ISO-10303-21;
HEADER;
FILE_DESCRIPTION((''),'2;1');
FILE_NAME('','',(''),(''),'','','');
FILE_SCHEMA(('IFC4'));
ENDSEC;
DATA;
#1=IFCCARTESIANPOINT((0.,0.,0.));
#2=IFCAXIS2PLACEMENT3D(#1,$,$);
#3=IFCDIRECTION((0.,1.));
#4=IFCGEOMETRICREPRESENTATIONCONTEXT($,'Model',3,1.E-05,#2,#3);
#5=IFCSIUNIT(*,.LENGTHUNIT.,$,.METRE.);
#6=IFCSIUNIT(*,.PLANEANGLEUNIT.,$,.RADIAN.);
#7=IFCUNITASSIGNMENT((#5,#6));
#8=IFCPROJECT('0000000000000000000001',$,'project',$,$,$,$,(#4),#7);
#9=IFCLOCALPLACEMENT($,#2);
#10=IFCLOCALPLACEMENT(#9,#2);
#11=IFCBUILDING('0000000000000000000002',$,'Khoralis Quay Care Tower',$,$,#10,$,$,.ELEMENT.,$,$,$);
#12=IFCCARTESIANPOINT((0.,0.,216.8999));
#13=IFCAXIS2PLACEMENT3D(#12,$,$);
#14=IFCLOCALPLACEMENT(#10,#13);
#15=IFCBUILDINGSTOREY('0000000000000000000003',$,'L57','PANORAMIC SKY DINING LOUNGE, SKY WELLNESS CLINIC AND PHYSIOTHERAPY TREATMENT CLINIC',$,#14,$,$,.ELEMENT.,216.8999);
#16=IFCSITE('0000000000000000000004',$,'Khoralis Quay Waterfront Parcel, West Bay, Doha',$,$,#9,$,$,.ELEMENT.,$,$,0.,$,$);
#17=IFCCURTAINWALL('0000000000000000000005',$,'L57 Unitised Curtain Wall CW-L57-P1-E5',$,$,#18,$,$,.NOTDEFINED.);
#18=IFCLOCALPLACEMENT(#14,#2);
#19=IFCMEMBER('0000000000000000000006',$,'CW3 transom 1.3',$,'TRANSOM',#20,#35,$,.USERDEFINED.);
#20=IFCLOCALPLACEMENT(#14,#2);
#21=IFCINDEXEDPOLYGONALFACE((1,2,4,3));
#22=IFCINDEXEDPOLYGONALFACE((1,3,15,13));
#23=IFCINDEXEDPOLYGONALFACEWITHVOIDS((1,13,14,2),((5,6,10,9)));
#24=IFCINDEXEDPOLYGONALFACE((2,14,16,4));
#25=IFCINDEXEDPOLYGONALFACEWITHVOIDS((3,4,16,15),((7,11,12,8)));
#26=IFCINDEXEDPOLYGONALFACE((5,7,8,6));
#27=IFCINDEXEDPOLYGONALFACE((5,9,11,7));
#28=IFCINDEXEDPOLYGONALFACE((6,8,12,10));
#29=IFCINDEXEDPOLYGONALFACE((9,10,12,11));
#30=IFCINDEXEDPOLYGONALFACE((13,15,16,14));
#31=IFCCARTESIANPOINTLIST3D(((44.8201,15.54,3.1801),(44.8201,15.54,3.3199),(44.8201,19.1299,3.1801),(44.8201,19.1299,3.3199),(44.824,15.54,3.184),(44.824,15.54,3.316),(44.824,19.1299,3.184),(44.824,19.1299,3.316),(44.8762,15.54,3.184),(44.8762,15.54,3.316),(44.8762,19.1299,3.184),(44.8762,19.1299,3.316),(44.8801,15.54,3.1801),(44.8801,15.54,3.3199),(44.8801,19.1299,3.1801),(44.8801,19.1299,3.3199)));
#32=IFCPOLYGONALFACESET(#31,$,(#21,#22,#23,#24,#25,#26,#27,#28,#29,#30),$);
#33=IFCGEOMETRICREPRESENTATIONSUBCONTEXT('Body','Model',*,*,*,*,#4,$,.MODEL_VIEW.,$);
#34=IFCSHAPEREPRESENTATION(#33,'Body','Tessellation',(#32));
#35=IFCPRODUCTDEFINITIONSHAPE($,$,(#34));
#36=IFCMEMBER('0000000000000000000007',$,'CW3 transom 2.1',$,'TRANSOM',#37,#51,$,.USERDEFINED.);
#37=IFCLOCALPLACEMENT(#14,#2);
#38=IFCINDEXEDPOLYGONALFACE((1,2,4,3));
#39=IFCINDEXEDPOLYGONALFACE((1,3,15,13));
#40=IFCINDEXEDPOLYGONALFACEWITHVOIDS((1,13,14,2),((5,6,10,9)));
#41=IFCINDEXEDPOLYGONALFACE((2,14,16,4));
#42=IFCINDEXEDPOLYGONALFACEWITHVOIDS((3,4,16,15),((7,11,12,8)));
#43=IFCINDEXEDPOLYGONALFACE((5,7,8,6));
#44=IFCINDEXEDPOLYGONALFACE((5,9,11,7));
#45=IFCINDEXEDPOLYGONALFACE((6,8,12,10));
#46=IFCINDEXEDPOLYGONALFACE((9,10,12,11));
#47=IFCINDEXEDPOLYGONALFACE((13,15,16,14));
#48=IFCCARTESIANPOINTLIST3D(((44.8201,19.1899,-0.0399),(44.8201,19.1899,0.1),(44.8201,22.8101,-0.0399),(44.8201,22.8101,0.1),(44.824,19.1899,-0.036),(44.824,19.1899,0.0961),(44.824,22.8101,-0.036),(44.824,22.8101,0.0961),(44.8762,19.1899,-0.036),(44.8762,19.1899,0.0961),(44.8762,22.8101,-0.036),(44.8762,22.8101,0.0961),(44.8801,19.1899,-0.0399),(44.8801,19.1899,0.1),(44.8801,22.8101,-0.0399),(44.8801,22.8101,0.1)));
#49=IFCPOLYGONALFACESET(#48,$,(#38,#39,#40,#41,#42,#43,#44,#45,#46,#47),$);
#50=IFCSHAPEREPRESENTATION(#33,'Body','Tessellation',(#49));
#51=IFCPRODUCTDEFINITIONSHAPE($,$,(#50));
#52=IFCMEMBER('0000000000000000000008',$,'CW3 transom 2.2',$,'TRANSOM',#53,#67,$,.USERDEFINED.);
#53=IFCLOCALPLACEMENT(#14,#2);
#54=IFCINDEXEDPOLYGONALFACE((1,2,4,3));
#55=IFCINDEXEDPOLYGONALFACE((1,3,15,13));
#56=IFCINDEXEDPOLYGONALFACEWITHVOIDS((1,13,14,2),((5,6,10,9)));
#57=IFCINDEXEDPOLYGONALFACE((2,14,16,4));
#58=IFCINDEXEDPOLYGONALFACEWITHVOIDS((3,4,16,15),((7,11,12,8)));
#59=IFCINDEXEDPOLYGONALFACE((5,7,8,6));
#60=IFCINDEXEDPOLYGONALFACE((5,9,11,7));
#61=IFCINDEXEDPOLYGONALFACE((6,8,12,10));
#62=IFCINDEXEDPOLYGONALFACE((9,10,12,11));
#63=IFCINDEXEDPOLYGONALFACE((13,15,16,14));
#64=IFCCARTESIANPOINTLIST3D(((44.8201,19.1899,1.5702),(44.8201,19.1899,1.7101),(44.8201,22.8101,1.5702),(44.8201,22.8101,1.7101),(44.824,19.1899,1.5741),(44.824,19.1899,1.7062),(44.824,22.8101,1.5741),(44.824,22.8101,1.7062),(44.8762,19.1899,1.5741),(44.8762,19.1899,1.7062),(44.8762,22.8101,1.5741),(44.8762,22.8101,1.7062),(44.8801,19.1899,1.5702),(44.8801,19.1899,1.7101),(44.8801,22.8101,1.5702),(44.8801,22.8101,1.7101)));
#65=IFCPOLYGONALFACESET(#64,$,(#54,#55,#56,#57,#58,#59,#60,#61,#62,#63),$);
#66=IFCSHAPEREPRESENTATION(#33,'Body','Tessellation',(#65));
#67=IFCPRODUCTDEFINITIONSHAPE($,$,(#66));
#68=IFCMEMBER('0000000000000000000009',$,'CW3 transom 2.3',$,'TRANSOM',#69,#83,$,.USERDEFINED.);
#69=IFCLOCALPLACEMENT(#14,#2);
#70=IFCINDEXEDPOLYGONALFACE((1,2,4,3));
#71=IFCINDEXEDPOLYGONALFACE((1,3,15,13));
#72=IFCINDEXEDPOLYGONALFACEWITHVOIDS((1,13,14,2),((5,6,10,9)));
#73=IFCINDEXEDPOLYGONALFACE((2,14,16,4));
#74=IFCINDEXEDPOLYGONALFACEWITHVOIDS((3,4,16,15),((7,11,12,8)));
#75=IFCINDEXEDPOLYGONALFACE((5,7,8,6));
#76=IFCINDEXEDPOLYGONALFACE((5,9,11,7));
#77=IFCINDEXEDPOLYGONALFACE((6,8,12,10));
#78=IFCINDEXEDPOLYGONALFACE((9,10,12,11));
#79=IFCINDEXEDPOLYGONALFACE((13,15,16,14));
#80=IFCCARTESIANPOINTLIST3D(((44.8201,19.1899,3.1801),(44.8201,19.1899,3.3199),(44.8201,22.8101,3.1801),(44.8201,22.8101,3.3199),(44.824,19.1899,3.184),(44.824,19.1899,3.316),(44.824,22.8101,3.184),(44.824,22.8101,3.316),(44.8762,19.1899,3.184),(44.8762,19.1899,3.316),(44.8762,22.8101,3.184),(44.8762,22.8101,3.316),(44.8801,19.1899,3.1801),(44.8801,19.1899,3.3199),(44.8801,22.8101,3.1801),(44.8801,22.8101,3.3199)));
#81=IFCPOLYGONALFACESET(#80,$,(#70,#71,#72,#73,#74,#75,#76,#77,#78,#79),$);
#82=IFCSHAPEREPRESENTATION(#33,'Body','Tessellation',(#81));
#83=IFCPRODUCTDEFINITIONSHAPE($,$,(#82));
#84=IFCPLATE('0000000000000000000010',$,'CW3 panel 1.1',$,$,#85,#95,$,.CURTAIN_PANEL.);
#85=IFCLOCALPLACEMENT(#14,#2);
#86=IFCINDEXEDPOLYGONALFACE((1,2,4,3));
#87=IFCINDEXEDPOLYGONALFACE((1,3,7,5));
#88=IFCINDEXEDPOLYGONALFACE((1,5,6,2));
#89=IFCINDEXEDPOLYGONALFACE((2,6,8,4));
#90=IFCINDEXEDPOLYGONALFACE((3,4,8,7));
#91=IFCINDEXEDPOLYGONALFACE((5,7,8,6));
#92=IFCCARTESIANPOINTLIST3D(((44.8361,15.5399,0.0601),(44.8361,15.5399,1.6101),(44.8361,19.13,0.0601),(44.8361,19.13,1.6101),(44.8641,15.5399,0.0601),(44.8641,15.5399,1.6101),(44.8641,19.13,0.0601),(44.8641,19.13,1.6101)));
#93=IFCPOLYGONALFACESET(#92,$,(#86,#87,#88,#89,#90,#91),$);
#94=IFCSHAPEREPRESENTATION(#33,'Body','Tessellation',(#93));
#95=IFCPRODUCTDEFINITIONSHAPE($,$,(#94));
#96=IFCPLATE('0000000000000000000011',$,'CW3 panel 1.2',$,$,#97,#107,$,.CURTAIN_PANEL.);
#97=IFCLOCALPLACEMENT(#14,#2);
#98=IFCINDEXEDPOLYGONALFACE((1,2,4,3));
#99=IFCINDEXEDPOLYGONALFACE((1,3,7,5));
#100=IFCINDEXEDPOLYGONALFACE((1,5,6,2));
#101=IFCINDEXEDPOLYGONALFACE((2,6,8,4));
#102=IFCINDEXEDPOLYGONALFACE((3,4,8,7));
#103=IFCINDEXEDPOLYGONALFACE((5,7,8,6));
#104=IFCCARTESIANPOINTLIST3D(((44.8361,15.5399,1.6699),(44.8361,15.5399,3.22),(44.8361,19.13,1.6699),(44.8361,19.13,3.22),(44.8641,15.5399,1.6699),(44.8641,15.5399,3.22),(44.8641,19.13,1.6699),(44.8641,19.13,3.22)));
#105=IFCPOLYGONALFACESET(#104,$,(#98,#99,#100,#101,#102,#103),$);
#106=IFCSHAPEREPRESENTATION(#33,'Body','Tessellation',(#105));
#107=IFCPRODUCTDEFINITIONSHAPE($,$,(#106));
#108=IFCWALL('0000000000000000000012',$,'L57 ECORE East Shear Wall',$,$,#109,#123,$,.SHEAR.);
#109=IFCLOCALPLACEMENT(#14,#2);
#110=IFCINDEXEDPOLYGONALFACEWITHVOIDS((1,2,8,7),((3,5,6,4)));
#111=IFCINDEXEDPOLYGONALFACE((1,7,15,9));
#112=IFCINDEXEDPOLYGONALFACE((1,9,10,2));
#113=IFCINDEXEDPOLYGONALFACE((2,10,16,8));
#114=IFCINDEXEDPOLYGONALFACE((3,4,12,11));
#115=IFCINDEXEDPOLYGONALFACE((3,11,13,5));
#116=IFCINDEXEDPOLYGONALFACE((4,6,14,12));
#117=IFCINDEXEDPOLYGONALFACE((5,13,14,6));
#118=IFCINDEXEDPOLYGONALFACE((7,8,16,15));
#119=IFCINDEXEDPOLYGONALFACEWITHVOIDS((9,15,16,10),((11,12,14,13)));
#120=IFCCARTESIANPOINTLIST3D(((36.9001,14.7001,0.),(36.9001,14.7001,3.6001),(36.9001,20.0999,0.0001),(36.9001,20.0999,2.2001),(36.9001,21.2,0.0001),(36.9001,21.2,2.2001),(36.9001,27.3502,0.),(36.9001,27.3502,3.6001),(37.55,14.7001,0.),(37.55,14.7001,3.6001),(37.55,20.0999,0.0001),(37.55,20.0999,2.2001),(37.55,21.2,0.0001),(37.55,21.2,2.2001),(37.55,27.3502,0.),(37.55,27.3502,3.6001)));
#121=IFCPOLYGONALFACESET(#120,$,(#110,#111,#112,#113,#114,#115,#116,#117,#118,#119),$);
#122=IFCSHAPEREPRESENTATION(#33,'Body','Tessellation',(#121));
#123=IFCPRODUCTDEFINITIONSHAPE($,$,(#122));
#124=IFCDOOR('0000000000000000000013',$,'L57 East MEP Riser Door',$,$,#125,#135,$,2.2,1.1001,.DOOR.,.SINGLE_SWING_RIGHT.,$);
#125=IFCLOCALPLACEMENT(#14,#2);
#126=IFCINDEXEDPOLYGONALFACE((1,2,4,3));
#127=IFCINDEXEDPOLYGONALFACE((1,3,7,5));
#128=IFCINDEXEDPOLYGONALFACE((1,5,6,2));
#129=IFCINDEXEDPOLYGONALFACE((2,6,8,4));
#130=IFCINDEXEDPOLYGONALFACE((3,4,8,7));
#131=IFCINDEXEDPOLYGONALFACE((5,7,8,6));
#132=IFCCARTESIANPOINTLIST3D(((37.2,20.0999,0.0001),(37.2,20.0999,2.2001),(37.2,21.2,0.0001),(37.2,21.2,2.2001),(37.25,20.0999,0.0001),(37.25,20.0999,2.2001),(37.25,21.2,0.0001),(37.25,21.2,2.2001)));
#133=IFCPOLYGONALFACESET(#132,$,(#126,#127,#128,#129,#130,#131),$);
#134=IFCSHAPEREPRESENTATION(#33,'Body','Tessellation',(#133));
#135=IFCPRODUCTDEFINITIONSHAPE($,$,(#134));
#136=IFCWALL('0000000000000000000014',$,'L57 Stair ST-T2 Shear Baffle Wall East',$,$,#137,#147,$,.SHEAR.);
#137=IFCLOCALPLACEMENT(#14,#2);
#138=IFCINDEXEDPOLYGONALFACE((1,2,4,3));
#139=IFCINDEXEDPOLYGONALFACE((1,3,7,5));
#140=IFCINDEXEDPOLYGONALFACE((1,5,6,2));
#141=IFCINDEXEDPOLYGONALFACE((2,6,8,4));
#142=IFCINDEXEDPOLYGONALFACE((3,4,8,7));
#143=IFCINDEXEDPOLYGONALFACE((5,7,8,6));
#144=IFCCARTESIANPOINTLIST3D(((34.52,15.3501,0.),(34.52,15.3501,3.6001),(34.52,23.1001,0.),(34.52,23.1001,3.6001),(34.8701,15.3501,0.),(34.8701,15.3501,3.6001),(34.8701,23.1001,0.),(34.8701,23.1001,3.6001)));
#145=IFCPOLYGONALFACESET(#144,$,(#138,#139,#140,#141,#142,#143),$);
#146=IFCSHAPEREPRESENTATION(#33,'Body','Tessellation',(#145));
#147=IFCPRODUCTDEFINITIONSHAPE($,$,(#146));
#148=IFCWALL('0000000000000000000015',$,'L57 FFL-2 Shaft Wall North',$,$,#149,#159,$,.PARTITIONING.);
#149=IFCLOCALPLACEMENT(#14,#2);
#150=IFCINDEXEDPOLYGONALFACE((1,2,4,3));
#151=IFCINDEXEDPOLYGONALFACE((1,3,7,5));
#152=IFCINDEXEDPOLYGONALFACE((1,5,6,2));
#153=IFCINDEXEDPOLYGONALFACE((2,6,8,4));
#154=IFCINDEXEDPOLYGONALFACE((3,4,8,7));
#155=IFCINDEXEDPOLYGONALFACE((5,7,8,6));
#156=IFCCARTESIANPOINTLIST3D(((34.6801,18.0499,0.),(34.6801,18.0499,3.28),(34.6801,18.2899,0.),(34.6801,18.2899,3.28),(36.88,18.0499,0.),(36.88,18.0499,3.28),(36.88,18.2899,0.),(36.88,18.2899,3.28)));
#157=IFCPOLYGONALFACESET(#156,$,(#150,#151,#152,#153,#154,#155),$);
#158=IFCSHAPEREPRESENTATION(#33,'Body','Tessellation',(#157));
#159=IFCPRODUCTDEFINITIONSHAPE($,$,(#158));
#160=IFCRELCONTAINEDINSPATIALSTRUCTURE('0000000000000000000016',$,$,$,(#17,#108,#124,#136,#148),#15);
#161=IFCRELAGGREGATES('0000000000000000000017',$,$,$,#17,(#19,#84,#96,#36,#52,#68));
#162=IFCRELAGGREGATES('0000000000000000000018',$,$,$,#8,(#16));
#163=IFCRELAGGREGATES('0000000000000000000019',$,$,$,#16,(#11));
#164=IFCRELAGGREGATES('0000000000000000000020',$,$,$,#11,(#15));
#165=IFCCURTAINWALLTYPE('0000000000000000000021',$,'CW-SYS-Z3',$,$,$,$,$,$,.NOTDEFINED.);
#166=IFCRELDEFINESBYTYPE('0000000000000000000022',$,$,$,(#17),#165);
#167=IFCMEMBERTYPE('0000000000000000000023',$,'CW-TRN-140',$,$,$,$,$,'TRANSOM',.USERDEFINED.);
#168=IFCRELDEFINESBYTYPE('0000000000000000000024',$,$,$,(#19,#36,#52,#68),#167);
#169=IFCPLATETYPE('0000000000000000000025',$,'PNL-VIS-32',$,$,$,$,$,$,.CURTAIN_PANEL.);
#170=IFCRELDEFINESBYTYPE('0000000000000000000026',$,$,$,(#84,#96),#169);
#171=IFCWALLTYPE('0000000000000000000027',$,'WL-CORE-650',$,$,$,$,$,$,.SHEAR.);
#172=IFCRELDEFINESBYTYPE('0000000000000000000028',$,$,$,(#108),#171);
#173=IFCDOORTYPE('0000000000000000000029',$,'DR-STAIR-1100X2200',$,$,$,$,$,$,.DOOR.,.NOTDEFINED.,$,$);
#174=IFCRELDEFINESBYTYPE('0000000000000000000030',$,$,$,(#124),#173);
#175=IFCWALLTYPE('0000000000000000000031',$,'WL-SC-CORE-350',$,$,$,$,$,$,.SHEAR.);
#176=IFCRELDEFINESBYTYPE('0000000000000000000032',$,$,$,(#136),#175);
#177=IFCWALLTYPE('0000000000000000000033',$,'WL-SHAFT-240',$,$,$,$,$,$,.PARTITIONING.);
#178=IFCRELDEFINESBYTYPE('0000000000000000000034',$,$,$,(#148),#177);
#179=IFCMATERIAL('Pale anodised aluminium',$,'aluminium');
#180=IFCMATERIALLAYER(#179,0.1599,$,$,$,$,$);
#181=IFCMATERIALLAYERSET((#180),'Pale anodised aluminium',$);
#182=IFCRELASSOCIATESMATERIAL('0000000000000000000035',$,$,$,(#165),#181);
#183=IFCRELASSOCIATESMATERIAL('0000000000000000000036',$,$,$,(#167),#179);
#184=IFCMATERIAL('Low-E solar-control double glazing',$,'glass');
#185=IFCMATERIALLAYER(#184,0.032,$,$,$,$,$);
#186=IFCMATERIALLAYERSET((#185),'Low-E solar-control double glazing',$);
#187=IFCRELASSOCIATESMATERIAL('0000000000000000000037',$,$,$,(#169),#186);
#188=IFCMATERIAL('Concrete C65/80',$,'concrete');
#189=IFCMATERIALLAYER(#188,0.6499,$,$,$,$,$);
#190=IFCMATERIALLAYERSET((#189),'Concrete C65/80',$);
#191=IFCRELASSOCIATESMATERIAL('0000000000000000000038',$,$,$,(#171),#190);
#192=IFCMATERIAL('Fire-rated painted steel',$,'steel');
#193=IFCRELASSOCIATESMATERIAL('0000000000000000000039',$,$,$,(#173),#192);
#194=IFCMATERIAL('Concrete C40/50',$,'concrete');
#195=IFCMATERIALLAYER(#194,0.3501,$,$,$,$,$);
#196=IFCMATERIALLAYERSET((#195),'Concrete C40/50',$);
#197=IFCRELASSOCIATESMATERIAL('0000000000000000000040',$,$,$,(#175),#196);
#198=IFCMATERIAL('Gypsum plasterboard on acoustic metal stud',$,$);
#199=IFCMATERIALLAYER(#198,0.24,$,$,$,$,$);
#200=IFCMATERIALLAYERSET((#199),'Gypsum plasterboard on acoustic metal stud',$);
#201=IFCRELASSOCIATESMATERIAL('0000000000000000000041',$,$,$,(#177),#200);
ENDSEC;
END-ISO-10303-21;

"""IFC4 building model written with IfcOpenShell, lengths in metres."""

from ifc_helpers import new_model, si_unit, direction, frame, frame_2d, origin, origin_2d, place, context, subcontext, project, spatial, rectangle, hollow_rectangle, extrude, source, transform, mapped, material, layer, layer_set, material_profile, profile_set, type_object, element, fill, aggregate, save


model = new_model("IFC4")

# Units and contexts
model_context = context("Model", 3, precision=1e-05, world=origin(), true_north=direction((0.0, 1.0)))
body_context = subcontext(model_context, "Body", "Model", "MODEL_VIEW")
ifc_project = project(units=[si_unit("LENGTHUNIT", "METRE"), si_unit("PLANEANGLEUNIT", "RADIAN")], contexts=[model_context])

# Site, building, storey
site_placement = place(None, origin())
site = spatial("IfcSite", under=ifc_project, at=site_placement, Name="Khoralis Quay Waterfront Parcel, West Bay, Doha", CompositionType="ELEMENT", RefElevation=0.0)
building_placement = place(site_placement, origin())
building = spatial("IfcBuilding", under=site, at=building_placement, Name="Khoralis Quay Care Tower", CompositionType="ELEMENT")
storey_placement = place(building_placement, frame((0.0, 0.0, 216.8999)))
storey = spatial("IfcBuildingStorey", under=building, at=storey_placement, Name="L57", Description="PANORAMIC SKY DINING LOUNGE, SKY WELLNESS CLINIC AND PHYSIOTHERAPY TREATMENT CLINIC", CompositionType="ELEMENT", Elevation=216.8999)

# Shared definitions
ifc_material_1 = material(Name="Concrete C65/80", Category="concrete")

# Curtain wall, members, plates
ifc_material_2 = material(Name="Pale anodised aluminium", Category="aluminium")
ifc_layer_1 = layer(ifc_material_2, 0.1599)
ifc_layer_set_1 = layer_set([ifc_layer_1], Name="Pale anodised aluminium")
curtain_wall_type = type_object("IfcCurtainWallType", Name="CW-SYS-Z3", PredefinedType="NOTDEFINED", material=ifc_layer_set_1)
curtain_wall_placement = place(storey_placement, origin())
curtain_wall = element("IfcCurtainWall", 1, at=curtain_wall_placement, inside=storey, type_object=curtain_wall_type, Name="L57 Unitised Curtain Wall CW-L57-P1-E5", PredefinedType="NOTDEFINED")
ifc_material_profile_1 = material_profile(ifc_material_2, hollow_rectangle(XDim=0.0601, YDim=0.1399, WallThickness=0.0039, at=origin_2d()), Name="Pale anodised aluminium")
ifc_profile_set_1 = profile_set([ifc_material_profile_1], Name="Pale anodised aluminium")
member_type_1 = type_object("IfcMemberType", Name="CW-TRN-140", ElementType="TRANSOM", PredefinedType="USERDEFINED", material=ifc_profile_set_1)
shared_shape_1 = source(origin(), body_context, "Body", "SweptSolid", [
    extrude(hollow_rectangle(XDim=0.0601, YDim=0.1399, WallThickness=0.0039, at=origin_2d()), origin(), (0.0, 0.0, 1.0), 3.5898),
])
member_1_placement = place(storey_placement, frame((44.8501, 15.54, 3.25), z_axis=(0.0, 1.0, 0.0), x_axis=(-1.0, 0.0, 0.0)))
member_1 = element("IfcMember", 2, at=member_1_placement, type_object=member_type_1, Name="CW3 transom 1.3", ObjectType="TRANSOM", PredefinedType="USERDEFINED", context=body_context, shape_type="MappedRepresentation", body=[
    mapped(shared_shape_1, transform((0.0, 0.0, 0.0), scale=1.0)),
])
shared_shape_2 = source(origin(), body_context, "Body", "SweptSolid", [
    extrude(hollow_rectangle(XDim=0.0601, YDim=0.1399, WallThickness=0.0039, at=origin_2d()), origin(), (0.0, 0.0, 1.0), 3.6201),
])
member_2_placement = place(storey_placement, frame((44.8501, 19.1899, 0.03), z_axis=(0.0, 1.0, 0.0), x_axis=(-1.0, 0.0, 0.0)))
member_2 = element("IfcMember", 3, at=member_2_placement, type_object=member_type_1, Name="CW3 transom 2.1", ObjectType="TRANSOM", PredefinedType="USERDEFINED", context=body_context, shape_type="MappedRepresentation", body=[
    mapped(shared_shape_2, transform((0.0, 0.0, 0.0), scale=1.0)),
])
member_3_placement = place(storey_placement, frame((44.8501, 19.1899, 1.6401), z_axis=(0.0, 1.0, 0.0), x_axis=(-1.0, 0.0, 0.0)))
member_3 = element("IfcMember", 4, at=member_3_placement, type_object=member_type_1, Name="CW3 transom 2.2", ObjectType="TRANSOM", PredefinedType="USERDEFINED", context=body_context, shape_type="MappedRepresentation", body=[
    mapped(shared_shape_2, transform((0.0, 0.0, 0.0), scale=1.0)),
])
member_4_placement = place(storey_placement, frame((44.8501, 19.1899, 3.25), z_axis=(0.0, 1.0, 0.0), x_axis=(-1.0, 0.0, 0.0)))
member_4 = element("IfcMember", 5, at=member_4_placement, type_object=member_type_1, Name="CW3 transom 2.3", ObjectType="TRANSOM", PredefinedType="USERDEFINED", context=body_context, shape_type="MappedRepresentation", body=[
    mapped(shared_shape_2, transform((0.0, 0.0, 0.0), scale=1.0)),
])
ifc_material_3 = material(Name="Low-E solar-control double glazing", Category="glass")
ifc_layer_2 = layer(ifc_material_3, 0.032)
ifc_layer_set_2 = layer_set([ifc_layer_2], Name="Low-E solar-control double glazing")
plate_type = type_object("IfcPlateType", Name="PNL-VIS-32", PredefinedType="CURTAIN_PANEL", material=ifc_layer_set_2)
shared_shape_3 = source(origin(), body_context, "Body", "SweptSolid", [
    extrude(rectangle(XDim=3.5901, YDim=0.0281, at=origin_2d()), origin(), (0.0, 0.0, 1.0), 1.55),
])
plate_1_placement = place(storey_placement, frame((44.8501, 17.335, 0.0601), z_axis=(0.0, 0.0, 1.0), x_axis=(0.0, 1.0, 0.0)))
plate_1 = element("IfcPlate", 6, at=plate_1_placement, type_object=plate_type, Name="CW3 panel 1.1", PredefinedType="CURTAIN_PANEL", context=body_context, shape_type="MappedRepresentation", body=[
    mapped(shared_shape_3, transform((0.0, 0.0, 0.0), scale=1.0)),
])
plate_2_placement = place(storey_placement, frame((44.8501, 17.335, 1.6699), z_axis=(0.0, 0.0, 1.0), x_axis=(0.0, 1.0, 0.0)))
plate_2 = element("IfcPlate", 7, at=plate_2_placement, type_object=plate_type, Name="CW3 panel 1.2", PredefinedType="CURTAIN_PANEL", context=body_context, shape_type="MappedRepresentation", body=[
    mapped(shared_shape_3, transform((0.0, 0.0, 0.0), scale=1.0)),
])
aggregate(curtain_wall, [member_1, plate_1, plate_2, member_2, member_3, member_4])

# Wall, opening, door
ifc_layer_3 = layer(ifc_material_1, 0.6499)
ifc_layer_set_3 = layer_set([ifc_layer_3], Name="Concrete C65/80")
wall_type_1 = type_object("IfcWallType", Name="WL-CORE-650", PredefinedType="SHEAR", material=ifc_layer_set_3)
wall_1_placement = place(storey_placement, frame((37.2251, 14.7, 0.0), z_axis=(0.0, 0.0, 1.0), x_axis=(0.0, 1.0, 0.0)))
wall_1 = element("IfcWall", 8, at=wall_1_placement, inside=storey, type_object=wall_type_1, Name="L57 ECORE East Shear Wall", PredefinedType="SHEAR", context=body_context, shape_type="SweptSolid", body=[
    extrude(rectangle(XDim=12.6501, YDim=0.6499, at=frame_2d((6.3252, 0.0))), origin(), (0.0, 0.0, 1.0), 3.6001),
])
opening_placement = place(wall_1_placement, frame((5.3999, 0.0, 0.0)))
opening = element("IfcOpeningElement", 9, at=opening_placement, cuts=wall_1, PredefinedType="OPENING", context=body_context, shape_type="SweptSolid", body=[
    extrude(rectangle(XDim=1.1001, YDim=2.2, at=frame_2d((0.55, 1.1001))), frame((0.0, 0.335, 0.0), z_axis=(0.0, -1.0, 0.0), x_axis=(1.0, 0.0, 0.0)), (0.0, 0.0, 1.0), 0.6699),
])
ifc_material_4 = material(Name="Fire-rated painted steel", Category="steel")
door_type = type_object("IfcDoorType", Name="DR-STAIR-1100X2200", OperationType="NOTDEFINED", PredefinedType="DOOR", material=ifc_material_4)
shared_shape_4 = source(origin(), body_context, "Body", "SweptSolid", [
    extrude(rectangle(XDim=1.1001, YDim=2.2, at=frame_2d((0.55, 1.1001))), frame((0.0, 0.0249, 0.0), z_axis=(0.0, -1.0, 0.0), x_axis=(1.0, 0.0, 0.0)), (0.0, 0.0, 1.0), 0.05),
])
door_placement = place(opening_placement, frame((1.1001, 0.0, 0.0), z_axis=(0.0, 0.0, 1.0), x_axis=(-1.0, 0.0, 0.0)))
door = element("IfcDoor", 10, at=door_placement, inside=storey, type_object=door_type, Name="L57 East MEP Riser Door", OperationType="SINGLE_SWING_RIGHT", OverallHeight=2.2, OverallWidth=1.1001, PredefinedType="DOOR", context=body_context, shape_type="MappedRepresentation", body=[
    mapped(shared_shape_4, transform((0.0, 0.0, 0.0), scale=1.0)),
])
fill(opening, door)

# Walls
ifc_material_5 = material(Name="Concrete C40/50", Category="concrete")
ifc_layer_4 = layer(ifc_material_5, 0.3501)
ifc_layer_set_4 = layer_set([ifc_layer_4], Name="Concrete C40/50")
wall_type_2 = type_object("IfcWallType", Name="WL-SC-CORE-350", PredefinedType="SHEAR", material=ifc_layer_set_4)
wall_2_placement = place(storey_placement, frame((34.6951, 15.3501, 0.0), z_axis=(0.0, 0.0, 1.0), x_axis=(0.0, 1.0, 0.0)))
element("IfcWall", 11, at=wall_2_placement, inside=storey, type_object=wall_type_2, Name="L57 Stair ST-T2 Shear Baffle Wall East", PredefinedType="SHEAR", context=body_context, shape_type="SweptSolid", body=[
    extrude(rectangle(XDim=7.75, YDim=0.3501, at=frame_2d((3.875, 0.0))), origin(), (0.0, 0.0, 1.0), 3.6001),
])
ifc_material_6 = material(Name="Gypsum plasterboard on acoustic metal stud")
ifc_layer_5 = layer(ifc_material_6, 0.24)
ifc_layer_set_5 = layer_set([ifc_layer_5], Name="Gypsum plasterboard on acoustic metal stud")
wall_type_3 = type_object("IfcWallType", Name="WL-SHAFT-240", PredefinedType="PARTITIONING", material=ifc_layer_set_5)
wall_3_placement = place(storey_placement, frame((34.6799, 18.1699, 0.0), z_axis=(0.0, 0.0, 1.0), x_axis=(1.0, 0.0, 0.0)))
element("IfcWall", 12, at=wall_3_placement, inside=storey, type_object=wall_type_3, Name="L57 FFL-2 Shaft Wall North", PredefinedType="PARTITIONING", context=body_context, shape_type="SweptSolid", body=[
    extrude(rectangle(XDim=2.2, YDim=0.24, at=frame_2d((1.1001, 0.0))), origin(), (0.0, 0.0, 1.0), 3.28),
])

save(model, "model.ifc")
